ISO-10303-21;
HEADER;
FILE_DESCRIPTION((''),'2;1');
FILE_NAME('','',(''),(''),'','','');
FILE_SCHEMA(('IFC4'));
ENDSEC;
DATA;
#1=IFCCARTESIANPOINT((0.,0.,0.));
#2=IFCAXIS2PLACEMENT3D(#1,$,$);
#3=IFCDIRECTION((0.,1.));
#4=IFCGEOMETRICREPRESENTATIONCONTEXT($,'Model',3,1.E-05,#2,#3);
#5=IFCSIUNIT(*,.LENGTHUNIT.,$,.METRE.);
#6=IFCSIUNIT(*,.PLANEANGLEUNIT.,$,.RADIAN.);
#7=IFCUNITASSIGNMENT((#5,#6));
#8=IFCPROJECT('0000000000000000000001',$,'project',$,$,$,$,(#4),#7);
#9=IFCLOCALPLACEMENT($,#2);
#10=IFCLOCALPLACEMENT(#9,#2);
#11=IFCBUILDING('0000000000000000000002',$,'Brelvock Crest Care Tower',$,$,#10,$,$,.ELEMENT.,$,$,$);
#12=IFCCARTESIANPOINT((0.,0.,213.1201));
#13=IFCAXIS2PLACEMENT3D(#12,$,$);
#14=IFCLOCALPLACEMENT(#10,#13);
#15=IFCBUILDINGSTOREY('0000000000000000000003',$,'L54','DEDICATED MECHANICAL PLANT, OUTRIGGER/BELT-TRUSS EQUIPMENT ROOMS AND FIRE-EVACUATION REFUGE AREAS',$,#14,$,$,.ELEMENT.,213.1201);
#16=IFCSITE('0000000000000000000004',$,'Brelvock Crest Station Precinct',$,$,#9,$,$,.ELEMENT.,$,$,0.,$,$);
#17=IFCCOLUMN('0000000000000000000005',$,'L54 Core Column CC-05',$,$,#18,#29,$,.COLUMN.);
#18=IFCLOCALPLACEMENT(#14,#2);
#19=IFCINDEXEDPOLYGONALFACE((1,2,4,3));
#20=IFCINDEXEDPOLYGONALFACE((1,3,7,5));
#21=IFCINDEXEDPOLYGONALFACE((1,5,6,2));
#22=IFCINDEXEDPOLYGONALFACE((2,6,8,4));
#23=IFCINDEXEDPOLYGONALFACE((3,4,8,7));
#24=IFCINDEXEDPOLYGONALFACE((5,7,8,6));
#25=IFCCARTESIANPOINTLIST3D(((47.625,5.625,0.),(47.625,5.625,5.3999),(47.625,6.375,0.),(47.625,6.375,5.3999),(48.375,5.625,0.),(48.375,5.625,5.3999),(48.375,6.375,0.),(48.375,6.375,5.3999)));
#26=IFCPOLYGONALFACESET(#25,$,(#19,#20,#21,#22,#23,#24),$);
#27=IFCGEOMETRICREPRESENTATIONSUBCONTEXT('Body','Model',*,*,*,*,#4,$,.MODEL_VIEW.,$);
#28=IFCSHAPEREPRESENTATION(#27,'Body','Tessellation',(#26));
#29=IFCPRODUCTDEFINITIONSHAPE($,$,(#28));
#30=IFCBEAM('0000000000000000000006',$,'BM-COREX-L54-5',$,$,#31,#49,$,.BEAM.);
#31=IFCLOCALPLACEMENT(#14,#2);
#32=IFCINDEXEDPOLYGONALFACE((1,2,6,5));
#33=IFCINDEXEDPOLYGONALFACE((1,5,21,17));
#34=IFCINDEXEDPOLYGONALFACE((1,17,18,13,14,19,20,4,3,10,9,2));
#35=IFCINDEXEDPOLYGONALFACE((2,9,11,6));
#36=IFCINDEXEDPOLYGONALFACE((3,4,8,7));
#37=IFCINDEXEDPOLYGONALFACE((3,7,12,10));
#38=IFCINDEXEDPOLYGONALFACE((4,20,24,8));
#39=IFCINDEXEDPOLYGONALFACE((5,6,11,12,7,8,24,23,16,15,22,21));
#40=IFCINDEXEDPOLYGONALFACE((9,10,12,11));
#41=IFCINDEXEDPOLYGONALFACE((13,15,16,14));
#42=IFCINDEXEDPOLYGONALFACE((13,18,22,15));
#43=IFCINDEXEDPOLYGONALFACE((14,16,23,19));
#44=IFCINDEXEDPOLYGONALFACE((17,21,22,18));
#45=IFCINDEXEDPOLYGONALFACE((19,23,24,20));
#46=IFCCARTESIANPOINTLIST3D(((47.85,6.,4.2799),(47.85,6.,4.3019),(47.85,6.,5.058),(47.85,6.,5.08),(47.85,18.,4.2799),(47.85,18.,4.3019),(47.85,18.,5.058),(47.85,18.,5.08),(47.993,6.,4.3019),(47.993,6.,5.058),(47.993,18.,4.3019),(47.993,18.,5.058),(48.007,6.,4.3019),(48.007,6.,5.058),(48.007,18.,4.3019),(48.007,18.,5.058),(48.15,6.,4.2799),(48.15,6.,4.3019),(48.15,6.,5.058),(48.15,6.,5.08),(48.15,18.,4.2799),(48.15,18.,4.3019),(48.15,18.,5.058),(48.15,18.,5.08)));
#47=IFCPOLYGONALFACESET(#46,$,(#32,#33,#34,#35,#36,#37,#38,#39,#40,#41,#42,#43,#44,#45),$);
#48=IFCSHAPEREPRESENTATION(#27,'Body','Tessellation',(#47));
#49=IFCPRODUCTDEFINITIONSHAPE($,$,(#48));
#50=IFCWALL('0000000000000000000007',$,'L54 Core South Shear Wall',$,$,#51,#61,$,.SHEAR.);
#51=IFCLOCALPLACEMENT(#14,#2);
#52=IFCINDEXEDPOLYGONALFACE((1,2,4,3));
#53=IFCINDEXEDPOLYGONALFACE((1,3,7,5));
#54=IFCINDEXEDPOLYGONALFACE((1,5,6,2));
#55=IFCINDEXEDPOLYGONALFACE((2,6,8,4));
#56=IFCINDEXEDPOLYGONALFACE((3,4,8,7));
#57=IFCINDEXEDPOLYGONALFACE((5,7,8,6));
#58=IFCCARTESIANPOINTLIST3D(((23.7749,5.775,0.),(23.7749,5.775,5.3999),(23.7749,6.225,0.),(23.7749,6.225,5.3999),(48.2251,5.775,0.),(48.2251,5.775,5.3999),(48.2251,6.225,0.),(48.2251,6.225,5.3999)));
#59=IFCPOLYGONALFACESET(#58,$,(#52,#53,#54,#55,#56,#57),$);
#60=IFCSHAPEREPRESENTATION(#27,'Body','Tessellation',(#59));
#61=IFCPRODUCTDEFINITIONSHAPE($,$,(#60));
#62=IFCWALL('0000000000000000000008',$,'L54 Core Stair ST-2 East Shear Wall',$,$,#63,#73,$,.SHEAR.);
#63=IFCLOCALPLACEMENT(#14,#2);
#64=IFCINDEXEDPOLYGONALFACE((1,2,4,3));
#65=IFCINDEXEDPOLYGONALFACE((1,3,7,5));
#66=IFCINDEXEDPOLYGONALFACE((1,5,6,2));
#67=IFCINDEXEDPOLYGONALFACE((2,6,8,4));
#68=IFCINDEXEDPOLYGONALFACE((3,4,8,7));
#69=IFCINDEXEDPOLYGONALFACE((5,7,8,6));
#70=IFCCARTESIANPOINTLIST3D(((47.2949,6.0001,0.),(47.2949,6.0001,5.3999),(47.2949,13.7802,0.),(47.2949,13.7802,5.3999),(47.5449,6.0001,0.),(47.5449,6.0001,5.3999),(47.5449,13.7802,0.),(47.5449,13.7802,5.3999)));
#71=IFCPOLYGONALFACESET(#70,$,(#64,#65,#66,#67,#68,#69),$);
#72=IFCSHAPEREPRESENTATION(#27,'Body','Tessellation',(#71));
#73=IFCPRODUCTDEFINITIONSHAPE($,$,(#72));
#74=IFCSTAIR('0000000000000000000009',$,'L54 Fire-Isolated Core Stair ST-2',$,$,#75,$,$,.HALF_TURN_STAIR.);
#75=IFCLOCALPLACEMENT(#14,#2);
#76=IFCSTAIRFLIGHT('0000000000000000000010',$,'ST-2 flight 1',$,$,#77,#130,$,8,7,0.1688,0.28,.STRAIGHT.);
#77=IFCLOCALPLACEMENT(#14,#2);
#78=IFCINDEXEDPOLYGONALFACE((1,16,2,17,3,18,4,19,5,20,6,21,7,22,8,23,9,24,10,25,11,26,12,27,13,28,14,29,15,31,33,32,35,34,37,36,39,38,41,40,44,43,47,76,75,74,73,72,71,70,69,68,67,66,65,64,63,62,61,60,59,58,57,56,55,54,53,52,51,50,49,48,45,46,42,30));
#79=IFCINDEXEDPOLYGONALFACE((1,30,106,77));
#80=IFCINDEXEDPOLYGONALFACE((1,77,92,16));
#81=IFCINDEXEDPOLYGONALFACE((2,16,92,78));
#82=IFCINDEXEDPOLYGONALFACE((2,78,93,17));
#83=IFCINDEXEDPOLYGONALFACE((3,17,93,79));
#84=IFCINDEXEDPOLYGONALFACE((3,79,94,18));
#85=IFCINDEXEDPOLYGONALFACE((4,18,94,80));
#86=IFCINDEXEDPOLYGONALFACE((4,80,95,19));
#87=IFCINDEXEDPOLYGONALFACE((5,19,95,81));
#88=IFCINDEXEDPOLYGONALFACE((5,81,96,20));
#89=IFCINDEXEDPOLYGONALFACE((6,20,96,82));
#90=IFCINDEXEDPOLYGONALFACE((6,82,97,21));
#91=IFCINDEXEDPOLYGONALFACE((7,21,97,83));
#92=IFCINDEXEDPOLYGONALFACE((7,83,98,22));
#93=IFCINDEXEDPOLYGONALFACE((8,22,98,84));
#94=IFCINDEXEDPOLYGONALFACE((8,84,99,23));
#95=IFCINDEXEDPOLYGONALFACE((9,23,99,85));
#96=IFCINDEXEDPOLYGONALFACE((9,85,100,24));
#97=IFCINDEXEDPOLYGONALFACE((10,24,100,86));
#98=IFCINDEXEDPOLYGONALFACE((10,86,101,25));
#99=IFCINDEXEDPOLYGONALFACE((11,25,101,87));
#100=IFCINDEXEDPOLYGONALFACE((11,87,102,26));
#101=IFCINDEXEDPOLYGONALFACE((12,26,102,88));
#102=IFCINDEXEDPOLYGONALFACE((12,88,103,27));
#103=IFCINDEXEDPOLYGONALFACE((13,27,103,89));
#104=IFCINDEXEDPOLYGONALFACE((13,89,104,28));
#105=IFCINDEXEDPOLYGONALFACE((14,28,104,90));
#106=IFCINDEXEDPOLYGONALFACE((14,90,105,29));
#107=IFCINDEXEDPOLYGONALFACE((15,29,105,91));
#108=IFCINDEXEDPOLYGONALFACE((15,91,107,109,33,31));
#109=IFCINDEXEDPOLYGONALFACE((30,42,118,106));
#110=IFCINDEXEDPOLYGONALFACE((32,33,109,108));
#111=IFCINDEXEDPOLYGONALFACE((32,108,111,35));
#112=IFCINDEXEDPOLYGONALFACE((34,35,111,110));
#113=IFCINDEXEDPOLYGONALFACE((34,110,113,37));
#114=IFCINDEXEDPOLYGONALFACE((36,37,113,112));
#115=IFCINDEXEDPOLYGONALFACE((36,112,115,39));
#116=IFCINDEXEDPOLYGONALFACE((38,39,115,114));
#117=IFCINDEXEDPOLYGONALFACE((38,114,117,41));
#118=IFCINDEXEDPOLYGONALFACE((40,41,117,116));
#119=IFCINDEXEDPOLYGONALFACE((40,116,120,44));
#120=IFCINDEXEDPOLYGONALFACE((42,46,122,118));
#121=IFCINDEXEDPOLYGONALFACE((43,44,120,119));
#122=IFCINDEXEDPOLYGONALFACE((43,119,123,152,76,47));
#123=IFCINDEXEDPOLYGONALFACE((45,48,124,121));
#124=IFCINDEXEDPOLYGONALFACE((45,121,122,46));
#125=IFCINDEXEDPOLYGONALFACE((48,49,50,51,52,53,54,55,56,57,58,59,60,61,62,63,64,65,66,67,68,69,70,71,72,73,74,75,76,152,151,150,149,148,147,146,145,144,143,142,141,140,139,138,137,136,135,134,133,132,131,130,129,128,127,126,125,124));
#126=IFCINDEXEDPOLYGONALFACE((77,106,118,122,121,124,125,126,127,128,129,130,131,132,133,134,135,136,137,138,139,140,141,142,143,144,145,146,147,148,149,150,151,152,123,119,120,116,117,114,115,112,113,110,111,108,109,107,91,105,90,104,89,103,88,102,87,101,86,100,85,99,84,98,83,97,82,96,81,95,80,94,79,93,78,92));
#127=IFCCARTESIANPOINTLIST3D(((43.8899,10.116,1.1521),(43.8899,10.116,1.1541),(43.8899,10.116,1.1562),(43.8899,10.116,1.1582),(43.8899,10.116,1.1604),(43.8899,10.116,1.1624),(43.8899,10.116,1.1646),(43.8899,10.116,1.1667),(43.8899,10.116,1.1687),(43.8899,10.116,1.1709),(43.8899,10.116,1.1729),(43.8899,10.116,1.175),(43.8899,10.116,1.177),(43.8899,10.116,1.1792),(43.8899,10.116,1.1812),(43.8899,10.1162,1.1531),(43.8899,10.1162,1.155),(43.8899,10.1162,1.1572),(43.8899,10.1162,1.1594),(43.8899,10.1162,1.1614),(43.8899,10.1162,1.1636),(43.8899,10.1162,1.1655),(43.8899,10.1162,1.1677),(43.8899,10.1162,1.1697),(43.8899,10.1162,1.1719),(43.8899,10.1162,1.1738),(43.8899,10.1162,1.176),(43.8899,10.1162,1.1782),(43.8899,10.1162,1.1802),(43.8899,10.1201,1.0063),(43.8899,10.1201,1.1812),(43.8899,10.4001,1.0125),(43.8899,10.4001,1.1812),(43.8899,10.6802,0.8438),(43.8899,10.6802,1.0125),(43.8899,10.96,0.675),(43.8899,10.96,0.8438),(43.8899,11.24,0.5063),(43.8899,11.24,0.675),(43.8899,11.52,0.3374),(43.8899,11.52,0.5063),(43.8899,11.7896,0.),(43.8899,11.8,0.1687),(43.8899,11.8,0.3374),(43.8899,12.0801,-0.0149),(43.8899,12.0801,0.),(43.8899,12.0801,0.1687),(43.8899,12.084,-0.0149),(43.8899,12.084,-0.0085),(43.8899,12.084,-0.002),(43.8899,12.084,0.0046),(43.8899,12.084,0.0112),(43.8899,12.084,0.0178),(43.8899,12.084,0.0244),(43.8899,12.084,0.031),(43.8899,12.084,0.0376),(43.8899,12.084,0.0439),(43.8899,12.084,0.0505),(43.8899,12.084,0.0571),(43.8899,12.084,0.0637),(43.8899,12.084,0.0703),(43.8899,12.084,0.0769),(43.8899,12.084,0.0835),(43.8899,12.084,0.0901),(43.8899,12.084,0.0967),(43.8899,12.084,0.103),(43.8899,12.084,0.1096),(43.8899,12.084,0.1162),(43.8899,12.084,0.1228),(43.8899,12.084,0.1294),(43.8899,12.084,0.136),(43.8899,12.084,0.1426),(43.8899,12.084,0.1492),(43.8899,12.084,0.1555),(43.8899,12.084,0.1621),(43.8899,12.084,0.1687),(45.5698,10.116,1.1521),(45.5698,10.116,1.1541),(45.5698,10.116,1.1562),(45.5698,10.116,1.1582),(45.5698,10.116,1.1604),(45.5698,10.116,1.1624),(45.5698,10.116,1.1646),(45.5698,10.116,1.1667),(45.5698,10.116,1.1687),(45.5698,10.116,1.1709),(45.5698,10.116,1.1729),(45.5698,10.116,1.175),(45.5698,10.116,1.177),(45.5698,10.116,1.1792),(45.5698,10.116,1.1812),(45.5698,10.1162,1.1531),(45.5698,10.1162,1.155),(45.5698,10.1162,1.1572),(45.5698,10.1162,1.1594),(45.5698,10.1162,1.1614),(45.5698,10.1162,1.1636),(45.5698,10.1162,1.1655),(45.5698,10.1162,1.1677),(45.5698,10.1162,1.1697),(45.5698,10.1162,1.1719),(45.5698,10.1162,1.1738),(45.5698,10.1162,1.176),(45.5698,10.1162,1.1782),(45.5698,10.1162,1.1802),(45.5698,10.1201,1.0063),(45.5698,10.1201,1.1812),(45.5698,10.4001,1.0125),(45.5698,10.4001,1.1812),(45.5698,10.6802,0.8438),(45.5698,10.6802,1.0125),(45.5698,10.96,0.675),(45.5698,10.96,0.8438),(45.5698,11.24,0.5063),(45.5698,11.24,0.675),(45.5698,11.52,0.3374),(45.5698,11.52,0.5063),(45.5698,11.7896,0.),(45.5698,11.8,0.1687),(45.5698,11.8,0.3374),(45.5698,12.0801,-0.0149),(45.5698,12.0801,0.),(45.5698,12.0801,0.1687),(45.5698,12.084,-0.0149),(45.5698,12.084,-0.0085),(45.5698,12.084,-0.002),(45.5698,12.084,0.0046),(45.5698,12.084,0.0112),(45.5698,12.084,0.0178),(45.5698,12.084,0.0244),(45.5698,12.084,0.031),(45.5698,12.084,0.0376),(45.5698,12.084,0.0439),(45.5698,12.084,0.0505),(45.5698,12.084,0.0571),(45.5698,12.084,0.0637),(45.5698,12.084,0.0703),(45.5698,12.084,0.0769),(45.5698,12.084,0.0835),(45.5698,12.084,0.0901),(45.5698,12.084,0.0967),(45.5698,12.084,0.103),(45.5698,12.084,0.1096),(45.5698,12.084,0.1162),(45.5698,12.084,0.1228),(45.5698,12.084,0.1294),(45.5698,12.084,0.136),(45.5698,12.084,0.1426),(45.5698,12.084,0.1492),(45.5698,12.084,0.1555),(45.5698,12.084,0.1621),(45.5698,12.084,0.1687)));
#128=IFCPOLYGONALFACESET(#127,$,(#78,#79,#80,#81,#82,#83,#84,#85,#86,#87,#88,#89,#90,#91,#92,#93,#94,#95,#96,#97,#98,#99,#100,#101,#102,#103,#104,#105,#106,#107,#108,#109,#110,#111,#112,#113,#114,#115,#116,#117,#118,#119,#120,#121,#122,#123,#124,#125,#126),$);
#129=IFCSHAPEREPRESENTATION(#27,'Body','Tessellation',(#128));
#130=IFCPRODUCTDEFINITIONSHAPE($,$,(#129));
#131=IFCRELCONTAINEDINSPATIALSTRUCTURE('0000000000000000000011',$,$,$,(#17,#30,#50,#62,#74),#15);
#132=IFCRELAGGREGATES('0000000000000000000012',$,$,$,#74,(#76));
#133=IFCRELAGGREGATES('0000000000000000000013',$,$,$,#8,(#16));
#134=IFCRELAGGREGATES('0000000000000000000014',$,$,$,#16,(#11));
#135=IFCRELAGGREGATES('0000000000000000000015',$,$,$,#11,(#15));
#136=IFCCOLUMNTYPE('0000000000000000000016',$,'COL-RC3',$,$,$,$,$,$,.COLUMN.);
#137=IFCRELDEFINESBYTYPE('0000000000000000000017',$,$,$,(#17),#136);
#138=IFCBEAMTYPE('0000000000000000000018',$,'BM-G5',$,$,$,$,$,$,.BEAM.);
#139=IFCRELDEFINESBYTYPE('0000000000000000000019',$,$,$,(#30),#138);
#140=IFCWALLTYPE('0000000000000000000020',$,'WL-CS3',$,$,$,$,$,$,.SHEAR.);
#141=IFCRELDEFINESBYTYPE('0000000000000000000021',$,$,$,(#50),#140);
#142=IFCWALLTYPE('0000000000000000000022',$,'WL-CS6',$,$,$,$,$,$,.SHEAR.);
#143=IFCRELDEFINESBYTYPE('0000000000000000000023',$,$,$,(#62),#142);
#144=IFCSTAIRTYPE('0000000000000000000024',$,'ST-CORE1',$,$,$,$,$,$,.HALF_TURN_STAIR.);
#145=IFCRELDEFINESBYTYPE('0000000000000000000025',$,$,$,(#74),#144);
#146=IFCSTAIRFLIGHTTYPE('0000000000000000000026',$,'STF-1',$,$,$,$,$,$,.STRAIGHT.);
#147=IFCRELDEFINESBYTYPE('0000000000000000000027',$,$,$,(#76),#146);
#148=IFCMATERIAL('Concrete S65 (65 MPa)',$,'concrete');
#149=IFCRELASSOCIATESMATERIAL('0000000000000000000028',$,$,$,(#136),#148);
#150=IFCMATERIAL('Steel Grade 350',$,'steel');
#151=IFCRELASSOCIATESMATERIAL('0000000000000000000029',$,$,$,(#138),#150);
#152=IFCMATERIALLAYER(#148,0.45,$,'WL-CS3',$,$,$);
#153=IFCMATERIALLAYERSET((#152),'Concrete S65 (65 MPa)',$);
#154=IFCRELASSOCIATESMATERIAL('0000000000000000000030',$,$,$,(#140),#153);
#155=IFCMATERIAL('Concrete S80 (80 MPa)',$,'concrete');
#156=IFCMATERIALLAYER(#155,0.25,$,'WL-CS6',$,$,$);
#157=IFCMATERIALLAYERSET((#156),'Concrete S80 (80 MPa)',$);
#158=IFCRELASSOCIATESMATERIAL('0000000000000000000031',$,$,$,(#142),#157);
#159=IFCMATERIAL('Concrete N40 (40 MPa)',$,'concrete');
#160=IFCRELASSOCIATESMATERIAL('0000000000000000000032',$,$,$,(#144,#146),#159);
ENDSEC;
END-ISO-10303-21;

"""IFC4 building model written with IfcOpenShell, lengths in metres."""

from ifc_helpers import new_model, si_unit, direction, frame, frame_2d, origin, origin_2d, place, context, subcontext, project, spatial, polyline, rectangle, i_section, outline, extrude, source, transform, mapped, material, layer, layer_set, material_profile, profile_set, type_object, element, aggregate, save


model = new_model("IFC4")

# Units and contexts
model_context = context("Model", 3, precision=1e-05, world=origin(), true_north=direction((0.0, 1.0)))
body_context = subcontext(model_context, "Body", "Model", "MODEL_VIEW")
ifc_project = project(units=[si_unit("LENGTHUNIT", "METRE"), si_unit("PLANEANGLEUNIT", "RADIAN")], contexts=[model_context])

# Site, building, storey
site_placement = place(None, origin())
site = spatial("IfcSite", under=ifc_project, at=site_placement, Name="Brelvock Crest Station Precinct", CompositionType="ELEMENT", RefElevation=0.0)
building_placement = place(site_placement, origin())
building = spatial("IfcBuilding", under=site, at=building_placement, Name="Brelvock Crest Care Tower", CompositionType="ELEMENT")
storey_placement = place(building_placement, frame((0.0, 0.0, 213.1201)))
storey = spatial("IfcBuildingStorey", under=building, at=storey_placement, Name="L54", Description="DEDICATED MECHANICAL PLANT, OUTRIGGER/BELT-TRUSS EQUIPMENT ROOMS AND FIRE-EVACUATION REFUGE AREAS", CompositionType="ELEMENT", Elevation=213.1201)

# Column
ifc_material_1 = material(Name="Concrete S65 (65 MPa)", Category="concrete")
ifc_material_profile_1 = material_profile(ifc_material_1, rectangle(XDim=0.75, YDim=0.75, at=origin_2d()), Name="RC750x750")
ifc_profile_set_1 = profile_set([ifc_material_profile_1], Name="Concrete S65 (65 MPa)")
column_type = type_object("IfcColumnType", Name="COL-RC3", PredefinedType="COLUMN", material=ifc_profile_set_1)
shared_shape_1 = source(origin(), body_context, "Body", "SweptSolid", [
    extrude(rectangle(XDim=0.75, YDim=0.75, at=origin_2d()), origin(), (0.0, 0.0, 1.0), 5.3999),
])
column_placement = place(storey_placement, frame((48.0, 6.0, 0.0), z_axis=(0.0, 0.0, 1.0), x_axis=(1.0, 0.0, 0.0)))
element("IfcColumn", 1, at=column_placement, inside=storey, type_object=column_type, Name="L54 Core Column CC-05", PredefinedType="COLUMN", context=body_context, shape_type="MappedRepresentation", body=[
    mapped(shared_shape_1, transform((0.0, 0.0, 0.0), x_axis=(1.0, 0.0, 0.0), y_axis=(0.0, 1.0, 0.0), z_axis=(0.0, 0.0, 1.0), scale=1.0)),
])

# Beam
ifc_material_2 = material(Name="Steel Grade 350", Category="steel")
ifc_material_profile_2 = material_profile(ifc_material_2, i_section(OverallWidth=0.3, OverallDepth=0.8, WebThickness=0.0139, FlangeThickness=0.022, at=origin_2d()), Name="800WB192")
ifc_profile_set_2 = profile_set([ifc_material_profile_2], Name="Steel Grade 350")
beam_type = type_object("IfcBeamType", Name="BM-G5", PredefinedType="BEAM", material=ifc_profile_set_2)
shared_shape_2 = source(origin(), body_context, "Body", "SweptSolid", [
    extrude(i_section(OverallWidth=0.3, OverallDepth=0.8, WebThickness=0.0139, FlangeThickness=0.022, at=origin_2d()), origin(), (0.0, 0.0, 1.0), 12.0),
])
beam_placement = place(storey_placement, frame((48.0, 6.0, 4.6799), z_axis=(0.0, 1.0, 0.0), x_axis=(-1.0, 0.0, 0.0)))
element("IfcBeam", 2, at=beam_placement, inside=storey, type_object=beam_type, Name="BM-COREX-L54-5", PredefinedType="BEAM", context=body_context, shape_type="MappedRepresentation", body=[
    mapped(shared_shape_2, transform((0.0, 0.0, 0.0), x_axis=(1.0, 0.0, 0.0), y_axis=(0.0, 1.0, 0.0), z_axis=(0.0, 0.0, 1.0), scale=1.0)),
])

# Walls
ifc_layer_1 = layer(ifc_material_1, 0.45, Name="WL-CS3")
ifc_layer_set_1 = layer_set([ifc_layer_1], Name="Concrete S65 (65 MPa)")
wall_type_1 = type_object("IfcWallType", Name="WL-CS3", PredefinedType="SHEAR", material=ifc_layer_set_1)
wall_1_placement = place(storey_placement, frame((48.2251, 6.0, 0.0), z_axis=(0.0, 0.0, 1.0), x_axis=(-1.0, 0.0, 0.0)))
element("IfcWall", 3, at=wall_1_placement, inside=storey, type_object=wall_type_1, Name="L54 Core South Shear Wall", PredefinedType="SHEAR", context=body_context, shape_type="SweptSolid", body=[
    extrude(rectangle(XDim=24.4502, YDim=0.45, at=frame_2d((12.2251, 0.0))), origin(), (0.0, 0.0, 1.0), 5.3999),
])
ifc_material_3 = material(Name="Concrete S80 (80 MPa)", Category="concrete")
ifc_layer_2 = layer(ifc_material_3, 0.25, Name="WL-CS6")
ifc_layer_set_2 = layer_set([ifc_layer_2], Name="Concrete S80 (80 MPa)")
wall_type_2 = type_object("IfcWallType", Name="WL-CS6", PredefinedType="SHEAR", material=ifc_layer_set_2)
wall_2_placement = place(storey_placement, frame((47.4199, 6.0, 0.0), z_axis=(0.0, 0.0, 1.0), x_axis=(0.0, 1.0, 0.0)))
element("IfcWall", 4, at=wall_2_placement, inside=storey, type_object=wall_type_2, Name="L54 Core Stair ST-2 East Shear Wall", PredefinedType="SHEAR", context=body_context, shape_type="SweptSolid", body=[
    extrude(rectangle(XDim=7.78, YDim=0.25, at=frame_2d((3.8901, 0.0))), origin(), (0.0, 0.0, 1.0), 5.3999),
])

# Stair, stair flight
ifc_material_4 = material(Name="Concrete N40 (40 MPa)", Category="concrete")
stair_type = type_object("IfcStairType", Name="ST-CORE1", PredefinedType="HALF_TURN_STAIR", material=ifc_material_4)
stair_placement = place(storey_placement, origin())
stair = element("IfcStair", 5, at=stair_placement, inside=storey, type_object=stair_type, Name="L54 Fire-Isolated Core Stair ST-2", PredefinedType="HALF_TURN_STAIR")
stair_flight_type = type_object("IfcStairFlightType", Name="STF-1", PredefinedType="STRAIGHT", material=ifc_material_4)
stair_flight_1_placement = place(storey_placement, frame((44.73, 12.0801, 0.0), z_axis=(0.0, 0.0, 1.0), x_axis=(0.0, -1.0, 0.0)))
stair_flight_1 = element("IfcStairFlight", 6, at=stair_flight_1_placement, type_object=stair_flight_type, Name="ST-2 flight 1", NumberOfRisers=8, NumberOfTreads=7, PredefinedType="STRAIGHT", RiserHeight=0.1688, TreadLength=0.28, context=body_context, shape_type="SweptSolid", body=[
    extrude(outline(polyline([(-0.0039, -0.0149), (-0.0039, -0.0085), (-0.0039, -0.002), (-0.0039, 0.0046), (-0.0039, 0.0112), (-0.0039, 0.0178), (-0.0039, 0.0244), (-0.0039, 0.031), (-0.0039, 0.0376), (-0.0039, 0.0439), (-0.0039, 0.0505), (-0.0039, 0.0571), (-0.0039, 0.0637), (-0.0039, 0.0703), (-0.0039, 0.0769), (-0.0039, 0.0835), (-0.0039, 0.0901), (-0.0039, 0.0967), (-0.0039, 0.103), (-0.0039, 0.1096), (-0.0039, 0.1162), (-0.0039, 0.1228), (-0.0039, 0.1294), (-0.0039, 0.136), (-0.0039, 0.1426), (-0.0039, 0.1492), (-0.0039, 0.1555), (-0.0039, 0.1621), (-0.0039, 0.1687), (0.0, 0.1687), (0.28, 0.1687), (0.28, 0.3374), (0.5601, 0.3374), (0.5601, 0.5063), (0.8401, 0.5063), (0.8401, 0.675), (1.1201, 0.675), (1.1201, 0.8438), (1.3999, 0.8438), (1.3999, 1.0125), (1.6799, 1.0125), (1.6799, 1.1812), (1.96, 1.1812), (1.9641, 1.1812), (1.9639, 1.1802), (1.9641, 1.1792), (1.9639, 1.1782), (1.9641, 1.177), (1.9639, 1.176), (1.9641, 1.175), (1.9639, 1.1738), (1.9641, 1.1729), (1.9639, 1.1719), (1.9641, 1.1709), (1.9639, 1.1697), (1.9641, 1.1687), (1.9639, 1.1677), (1.9641, 1.1667), (1.9639, 1.1655), (1.9641, 1.1646), (1.9639, 1.1636), (1.9641, 1.1624), (1.9639, 1.1614), (1.9641, 1.1604), (1.9639, 1.1594), (1.9641, 1.1582), (1.9639, 1.1572), (1.9641, 1.1562), (1.9639, 1.155), (1.9641, 1.1541), (1.9639, 1.1531), (1.9641, 1.1521), (1.96, 1.0063), (0.2905, 0.0), (0.0, 0.0), (0.0, -0.0149), (-0.0039, -0.0149)])), frame((0.0, 0.8398, 0.0), z_axis=(0.0, -1.0, 0.0), x_axis=(1.0, 0.0, 0.0)), (0.0, 0.0, 1.0), 1.6799),
])
aggregate(stair, [stair_flight_1])

save(model, "model.ifc")
